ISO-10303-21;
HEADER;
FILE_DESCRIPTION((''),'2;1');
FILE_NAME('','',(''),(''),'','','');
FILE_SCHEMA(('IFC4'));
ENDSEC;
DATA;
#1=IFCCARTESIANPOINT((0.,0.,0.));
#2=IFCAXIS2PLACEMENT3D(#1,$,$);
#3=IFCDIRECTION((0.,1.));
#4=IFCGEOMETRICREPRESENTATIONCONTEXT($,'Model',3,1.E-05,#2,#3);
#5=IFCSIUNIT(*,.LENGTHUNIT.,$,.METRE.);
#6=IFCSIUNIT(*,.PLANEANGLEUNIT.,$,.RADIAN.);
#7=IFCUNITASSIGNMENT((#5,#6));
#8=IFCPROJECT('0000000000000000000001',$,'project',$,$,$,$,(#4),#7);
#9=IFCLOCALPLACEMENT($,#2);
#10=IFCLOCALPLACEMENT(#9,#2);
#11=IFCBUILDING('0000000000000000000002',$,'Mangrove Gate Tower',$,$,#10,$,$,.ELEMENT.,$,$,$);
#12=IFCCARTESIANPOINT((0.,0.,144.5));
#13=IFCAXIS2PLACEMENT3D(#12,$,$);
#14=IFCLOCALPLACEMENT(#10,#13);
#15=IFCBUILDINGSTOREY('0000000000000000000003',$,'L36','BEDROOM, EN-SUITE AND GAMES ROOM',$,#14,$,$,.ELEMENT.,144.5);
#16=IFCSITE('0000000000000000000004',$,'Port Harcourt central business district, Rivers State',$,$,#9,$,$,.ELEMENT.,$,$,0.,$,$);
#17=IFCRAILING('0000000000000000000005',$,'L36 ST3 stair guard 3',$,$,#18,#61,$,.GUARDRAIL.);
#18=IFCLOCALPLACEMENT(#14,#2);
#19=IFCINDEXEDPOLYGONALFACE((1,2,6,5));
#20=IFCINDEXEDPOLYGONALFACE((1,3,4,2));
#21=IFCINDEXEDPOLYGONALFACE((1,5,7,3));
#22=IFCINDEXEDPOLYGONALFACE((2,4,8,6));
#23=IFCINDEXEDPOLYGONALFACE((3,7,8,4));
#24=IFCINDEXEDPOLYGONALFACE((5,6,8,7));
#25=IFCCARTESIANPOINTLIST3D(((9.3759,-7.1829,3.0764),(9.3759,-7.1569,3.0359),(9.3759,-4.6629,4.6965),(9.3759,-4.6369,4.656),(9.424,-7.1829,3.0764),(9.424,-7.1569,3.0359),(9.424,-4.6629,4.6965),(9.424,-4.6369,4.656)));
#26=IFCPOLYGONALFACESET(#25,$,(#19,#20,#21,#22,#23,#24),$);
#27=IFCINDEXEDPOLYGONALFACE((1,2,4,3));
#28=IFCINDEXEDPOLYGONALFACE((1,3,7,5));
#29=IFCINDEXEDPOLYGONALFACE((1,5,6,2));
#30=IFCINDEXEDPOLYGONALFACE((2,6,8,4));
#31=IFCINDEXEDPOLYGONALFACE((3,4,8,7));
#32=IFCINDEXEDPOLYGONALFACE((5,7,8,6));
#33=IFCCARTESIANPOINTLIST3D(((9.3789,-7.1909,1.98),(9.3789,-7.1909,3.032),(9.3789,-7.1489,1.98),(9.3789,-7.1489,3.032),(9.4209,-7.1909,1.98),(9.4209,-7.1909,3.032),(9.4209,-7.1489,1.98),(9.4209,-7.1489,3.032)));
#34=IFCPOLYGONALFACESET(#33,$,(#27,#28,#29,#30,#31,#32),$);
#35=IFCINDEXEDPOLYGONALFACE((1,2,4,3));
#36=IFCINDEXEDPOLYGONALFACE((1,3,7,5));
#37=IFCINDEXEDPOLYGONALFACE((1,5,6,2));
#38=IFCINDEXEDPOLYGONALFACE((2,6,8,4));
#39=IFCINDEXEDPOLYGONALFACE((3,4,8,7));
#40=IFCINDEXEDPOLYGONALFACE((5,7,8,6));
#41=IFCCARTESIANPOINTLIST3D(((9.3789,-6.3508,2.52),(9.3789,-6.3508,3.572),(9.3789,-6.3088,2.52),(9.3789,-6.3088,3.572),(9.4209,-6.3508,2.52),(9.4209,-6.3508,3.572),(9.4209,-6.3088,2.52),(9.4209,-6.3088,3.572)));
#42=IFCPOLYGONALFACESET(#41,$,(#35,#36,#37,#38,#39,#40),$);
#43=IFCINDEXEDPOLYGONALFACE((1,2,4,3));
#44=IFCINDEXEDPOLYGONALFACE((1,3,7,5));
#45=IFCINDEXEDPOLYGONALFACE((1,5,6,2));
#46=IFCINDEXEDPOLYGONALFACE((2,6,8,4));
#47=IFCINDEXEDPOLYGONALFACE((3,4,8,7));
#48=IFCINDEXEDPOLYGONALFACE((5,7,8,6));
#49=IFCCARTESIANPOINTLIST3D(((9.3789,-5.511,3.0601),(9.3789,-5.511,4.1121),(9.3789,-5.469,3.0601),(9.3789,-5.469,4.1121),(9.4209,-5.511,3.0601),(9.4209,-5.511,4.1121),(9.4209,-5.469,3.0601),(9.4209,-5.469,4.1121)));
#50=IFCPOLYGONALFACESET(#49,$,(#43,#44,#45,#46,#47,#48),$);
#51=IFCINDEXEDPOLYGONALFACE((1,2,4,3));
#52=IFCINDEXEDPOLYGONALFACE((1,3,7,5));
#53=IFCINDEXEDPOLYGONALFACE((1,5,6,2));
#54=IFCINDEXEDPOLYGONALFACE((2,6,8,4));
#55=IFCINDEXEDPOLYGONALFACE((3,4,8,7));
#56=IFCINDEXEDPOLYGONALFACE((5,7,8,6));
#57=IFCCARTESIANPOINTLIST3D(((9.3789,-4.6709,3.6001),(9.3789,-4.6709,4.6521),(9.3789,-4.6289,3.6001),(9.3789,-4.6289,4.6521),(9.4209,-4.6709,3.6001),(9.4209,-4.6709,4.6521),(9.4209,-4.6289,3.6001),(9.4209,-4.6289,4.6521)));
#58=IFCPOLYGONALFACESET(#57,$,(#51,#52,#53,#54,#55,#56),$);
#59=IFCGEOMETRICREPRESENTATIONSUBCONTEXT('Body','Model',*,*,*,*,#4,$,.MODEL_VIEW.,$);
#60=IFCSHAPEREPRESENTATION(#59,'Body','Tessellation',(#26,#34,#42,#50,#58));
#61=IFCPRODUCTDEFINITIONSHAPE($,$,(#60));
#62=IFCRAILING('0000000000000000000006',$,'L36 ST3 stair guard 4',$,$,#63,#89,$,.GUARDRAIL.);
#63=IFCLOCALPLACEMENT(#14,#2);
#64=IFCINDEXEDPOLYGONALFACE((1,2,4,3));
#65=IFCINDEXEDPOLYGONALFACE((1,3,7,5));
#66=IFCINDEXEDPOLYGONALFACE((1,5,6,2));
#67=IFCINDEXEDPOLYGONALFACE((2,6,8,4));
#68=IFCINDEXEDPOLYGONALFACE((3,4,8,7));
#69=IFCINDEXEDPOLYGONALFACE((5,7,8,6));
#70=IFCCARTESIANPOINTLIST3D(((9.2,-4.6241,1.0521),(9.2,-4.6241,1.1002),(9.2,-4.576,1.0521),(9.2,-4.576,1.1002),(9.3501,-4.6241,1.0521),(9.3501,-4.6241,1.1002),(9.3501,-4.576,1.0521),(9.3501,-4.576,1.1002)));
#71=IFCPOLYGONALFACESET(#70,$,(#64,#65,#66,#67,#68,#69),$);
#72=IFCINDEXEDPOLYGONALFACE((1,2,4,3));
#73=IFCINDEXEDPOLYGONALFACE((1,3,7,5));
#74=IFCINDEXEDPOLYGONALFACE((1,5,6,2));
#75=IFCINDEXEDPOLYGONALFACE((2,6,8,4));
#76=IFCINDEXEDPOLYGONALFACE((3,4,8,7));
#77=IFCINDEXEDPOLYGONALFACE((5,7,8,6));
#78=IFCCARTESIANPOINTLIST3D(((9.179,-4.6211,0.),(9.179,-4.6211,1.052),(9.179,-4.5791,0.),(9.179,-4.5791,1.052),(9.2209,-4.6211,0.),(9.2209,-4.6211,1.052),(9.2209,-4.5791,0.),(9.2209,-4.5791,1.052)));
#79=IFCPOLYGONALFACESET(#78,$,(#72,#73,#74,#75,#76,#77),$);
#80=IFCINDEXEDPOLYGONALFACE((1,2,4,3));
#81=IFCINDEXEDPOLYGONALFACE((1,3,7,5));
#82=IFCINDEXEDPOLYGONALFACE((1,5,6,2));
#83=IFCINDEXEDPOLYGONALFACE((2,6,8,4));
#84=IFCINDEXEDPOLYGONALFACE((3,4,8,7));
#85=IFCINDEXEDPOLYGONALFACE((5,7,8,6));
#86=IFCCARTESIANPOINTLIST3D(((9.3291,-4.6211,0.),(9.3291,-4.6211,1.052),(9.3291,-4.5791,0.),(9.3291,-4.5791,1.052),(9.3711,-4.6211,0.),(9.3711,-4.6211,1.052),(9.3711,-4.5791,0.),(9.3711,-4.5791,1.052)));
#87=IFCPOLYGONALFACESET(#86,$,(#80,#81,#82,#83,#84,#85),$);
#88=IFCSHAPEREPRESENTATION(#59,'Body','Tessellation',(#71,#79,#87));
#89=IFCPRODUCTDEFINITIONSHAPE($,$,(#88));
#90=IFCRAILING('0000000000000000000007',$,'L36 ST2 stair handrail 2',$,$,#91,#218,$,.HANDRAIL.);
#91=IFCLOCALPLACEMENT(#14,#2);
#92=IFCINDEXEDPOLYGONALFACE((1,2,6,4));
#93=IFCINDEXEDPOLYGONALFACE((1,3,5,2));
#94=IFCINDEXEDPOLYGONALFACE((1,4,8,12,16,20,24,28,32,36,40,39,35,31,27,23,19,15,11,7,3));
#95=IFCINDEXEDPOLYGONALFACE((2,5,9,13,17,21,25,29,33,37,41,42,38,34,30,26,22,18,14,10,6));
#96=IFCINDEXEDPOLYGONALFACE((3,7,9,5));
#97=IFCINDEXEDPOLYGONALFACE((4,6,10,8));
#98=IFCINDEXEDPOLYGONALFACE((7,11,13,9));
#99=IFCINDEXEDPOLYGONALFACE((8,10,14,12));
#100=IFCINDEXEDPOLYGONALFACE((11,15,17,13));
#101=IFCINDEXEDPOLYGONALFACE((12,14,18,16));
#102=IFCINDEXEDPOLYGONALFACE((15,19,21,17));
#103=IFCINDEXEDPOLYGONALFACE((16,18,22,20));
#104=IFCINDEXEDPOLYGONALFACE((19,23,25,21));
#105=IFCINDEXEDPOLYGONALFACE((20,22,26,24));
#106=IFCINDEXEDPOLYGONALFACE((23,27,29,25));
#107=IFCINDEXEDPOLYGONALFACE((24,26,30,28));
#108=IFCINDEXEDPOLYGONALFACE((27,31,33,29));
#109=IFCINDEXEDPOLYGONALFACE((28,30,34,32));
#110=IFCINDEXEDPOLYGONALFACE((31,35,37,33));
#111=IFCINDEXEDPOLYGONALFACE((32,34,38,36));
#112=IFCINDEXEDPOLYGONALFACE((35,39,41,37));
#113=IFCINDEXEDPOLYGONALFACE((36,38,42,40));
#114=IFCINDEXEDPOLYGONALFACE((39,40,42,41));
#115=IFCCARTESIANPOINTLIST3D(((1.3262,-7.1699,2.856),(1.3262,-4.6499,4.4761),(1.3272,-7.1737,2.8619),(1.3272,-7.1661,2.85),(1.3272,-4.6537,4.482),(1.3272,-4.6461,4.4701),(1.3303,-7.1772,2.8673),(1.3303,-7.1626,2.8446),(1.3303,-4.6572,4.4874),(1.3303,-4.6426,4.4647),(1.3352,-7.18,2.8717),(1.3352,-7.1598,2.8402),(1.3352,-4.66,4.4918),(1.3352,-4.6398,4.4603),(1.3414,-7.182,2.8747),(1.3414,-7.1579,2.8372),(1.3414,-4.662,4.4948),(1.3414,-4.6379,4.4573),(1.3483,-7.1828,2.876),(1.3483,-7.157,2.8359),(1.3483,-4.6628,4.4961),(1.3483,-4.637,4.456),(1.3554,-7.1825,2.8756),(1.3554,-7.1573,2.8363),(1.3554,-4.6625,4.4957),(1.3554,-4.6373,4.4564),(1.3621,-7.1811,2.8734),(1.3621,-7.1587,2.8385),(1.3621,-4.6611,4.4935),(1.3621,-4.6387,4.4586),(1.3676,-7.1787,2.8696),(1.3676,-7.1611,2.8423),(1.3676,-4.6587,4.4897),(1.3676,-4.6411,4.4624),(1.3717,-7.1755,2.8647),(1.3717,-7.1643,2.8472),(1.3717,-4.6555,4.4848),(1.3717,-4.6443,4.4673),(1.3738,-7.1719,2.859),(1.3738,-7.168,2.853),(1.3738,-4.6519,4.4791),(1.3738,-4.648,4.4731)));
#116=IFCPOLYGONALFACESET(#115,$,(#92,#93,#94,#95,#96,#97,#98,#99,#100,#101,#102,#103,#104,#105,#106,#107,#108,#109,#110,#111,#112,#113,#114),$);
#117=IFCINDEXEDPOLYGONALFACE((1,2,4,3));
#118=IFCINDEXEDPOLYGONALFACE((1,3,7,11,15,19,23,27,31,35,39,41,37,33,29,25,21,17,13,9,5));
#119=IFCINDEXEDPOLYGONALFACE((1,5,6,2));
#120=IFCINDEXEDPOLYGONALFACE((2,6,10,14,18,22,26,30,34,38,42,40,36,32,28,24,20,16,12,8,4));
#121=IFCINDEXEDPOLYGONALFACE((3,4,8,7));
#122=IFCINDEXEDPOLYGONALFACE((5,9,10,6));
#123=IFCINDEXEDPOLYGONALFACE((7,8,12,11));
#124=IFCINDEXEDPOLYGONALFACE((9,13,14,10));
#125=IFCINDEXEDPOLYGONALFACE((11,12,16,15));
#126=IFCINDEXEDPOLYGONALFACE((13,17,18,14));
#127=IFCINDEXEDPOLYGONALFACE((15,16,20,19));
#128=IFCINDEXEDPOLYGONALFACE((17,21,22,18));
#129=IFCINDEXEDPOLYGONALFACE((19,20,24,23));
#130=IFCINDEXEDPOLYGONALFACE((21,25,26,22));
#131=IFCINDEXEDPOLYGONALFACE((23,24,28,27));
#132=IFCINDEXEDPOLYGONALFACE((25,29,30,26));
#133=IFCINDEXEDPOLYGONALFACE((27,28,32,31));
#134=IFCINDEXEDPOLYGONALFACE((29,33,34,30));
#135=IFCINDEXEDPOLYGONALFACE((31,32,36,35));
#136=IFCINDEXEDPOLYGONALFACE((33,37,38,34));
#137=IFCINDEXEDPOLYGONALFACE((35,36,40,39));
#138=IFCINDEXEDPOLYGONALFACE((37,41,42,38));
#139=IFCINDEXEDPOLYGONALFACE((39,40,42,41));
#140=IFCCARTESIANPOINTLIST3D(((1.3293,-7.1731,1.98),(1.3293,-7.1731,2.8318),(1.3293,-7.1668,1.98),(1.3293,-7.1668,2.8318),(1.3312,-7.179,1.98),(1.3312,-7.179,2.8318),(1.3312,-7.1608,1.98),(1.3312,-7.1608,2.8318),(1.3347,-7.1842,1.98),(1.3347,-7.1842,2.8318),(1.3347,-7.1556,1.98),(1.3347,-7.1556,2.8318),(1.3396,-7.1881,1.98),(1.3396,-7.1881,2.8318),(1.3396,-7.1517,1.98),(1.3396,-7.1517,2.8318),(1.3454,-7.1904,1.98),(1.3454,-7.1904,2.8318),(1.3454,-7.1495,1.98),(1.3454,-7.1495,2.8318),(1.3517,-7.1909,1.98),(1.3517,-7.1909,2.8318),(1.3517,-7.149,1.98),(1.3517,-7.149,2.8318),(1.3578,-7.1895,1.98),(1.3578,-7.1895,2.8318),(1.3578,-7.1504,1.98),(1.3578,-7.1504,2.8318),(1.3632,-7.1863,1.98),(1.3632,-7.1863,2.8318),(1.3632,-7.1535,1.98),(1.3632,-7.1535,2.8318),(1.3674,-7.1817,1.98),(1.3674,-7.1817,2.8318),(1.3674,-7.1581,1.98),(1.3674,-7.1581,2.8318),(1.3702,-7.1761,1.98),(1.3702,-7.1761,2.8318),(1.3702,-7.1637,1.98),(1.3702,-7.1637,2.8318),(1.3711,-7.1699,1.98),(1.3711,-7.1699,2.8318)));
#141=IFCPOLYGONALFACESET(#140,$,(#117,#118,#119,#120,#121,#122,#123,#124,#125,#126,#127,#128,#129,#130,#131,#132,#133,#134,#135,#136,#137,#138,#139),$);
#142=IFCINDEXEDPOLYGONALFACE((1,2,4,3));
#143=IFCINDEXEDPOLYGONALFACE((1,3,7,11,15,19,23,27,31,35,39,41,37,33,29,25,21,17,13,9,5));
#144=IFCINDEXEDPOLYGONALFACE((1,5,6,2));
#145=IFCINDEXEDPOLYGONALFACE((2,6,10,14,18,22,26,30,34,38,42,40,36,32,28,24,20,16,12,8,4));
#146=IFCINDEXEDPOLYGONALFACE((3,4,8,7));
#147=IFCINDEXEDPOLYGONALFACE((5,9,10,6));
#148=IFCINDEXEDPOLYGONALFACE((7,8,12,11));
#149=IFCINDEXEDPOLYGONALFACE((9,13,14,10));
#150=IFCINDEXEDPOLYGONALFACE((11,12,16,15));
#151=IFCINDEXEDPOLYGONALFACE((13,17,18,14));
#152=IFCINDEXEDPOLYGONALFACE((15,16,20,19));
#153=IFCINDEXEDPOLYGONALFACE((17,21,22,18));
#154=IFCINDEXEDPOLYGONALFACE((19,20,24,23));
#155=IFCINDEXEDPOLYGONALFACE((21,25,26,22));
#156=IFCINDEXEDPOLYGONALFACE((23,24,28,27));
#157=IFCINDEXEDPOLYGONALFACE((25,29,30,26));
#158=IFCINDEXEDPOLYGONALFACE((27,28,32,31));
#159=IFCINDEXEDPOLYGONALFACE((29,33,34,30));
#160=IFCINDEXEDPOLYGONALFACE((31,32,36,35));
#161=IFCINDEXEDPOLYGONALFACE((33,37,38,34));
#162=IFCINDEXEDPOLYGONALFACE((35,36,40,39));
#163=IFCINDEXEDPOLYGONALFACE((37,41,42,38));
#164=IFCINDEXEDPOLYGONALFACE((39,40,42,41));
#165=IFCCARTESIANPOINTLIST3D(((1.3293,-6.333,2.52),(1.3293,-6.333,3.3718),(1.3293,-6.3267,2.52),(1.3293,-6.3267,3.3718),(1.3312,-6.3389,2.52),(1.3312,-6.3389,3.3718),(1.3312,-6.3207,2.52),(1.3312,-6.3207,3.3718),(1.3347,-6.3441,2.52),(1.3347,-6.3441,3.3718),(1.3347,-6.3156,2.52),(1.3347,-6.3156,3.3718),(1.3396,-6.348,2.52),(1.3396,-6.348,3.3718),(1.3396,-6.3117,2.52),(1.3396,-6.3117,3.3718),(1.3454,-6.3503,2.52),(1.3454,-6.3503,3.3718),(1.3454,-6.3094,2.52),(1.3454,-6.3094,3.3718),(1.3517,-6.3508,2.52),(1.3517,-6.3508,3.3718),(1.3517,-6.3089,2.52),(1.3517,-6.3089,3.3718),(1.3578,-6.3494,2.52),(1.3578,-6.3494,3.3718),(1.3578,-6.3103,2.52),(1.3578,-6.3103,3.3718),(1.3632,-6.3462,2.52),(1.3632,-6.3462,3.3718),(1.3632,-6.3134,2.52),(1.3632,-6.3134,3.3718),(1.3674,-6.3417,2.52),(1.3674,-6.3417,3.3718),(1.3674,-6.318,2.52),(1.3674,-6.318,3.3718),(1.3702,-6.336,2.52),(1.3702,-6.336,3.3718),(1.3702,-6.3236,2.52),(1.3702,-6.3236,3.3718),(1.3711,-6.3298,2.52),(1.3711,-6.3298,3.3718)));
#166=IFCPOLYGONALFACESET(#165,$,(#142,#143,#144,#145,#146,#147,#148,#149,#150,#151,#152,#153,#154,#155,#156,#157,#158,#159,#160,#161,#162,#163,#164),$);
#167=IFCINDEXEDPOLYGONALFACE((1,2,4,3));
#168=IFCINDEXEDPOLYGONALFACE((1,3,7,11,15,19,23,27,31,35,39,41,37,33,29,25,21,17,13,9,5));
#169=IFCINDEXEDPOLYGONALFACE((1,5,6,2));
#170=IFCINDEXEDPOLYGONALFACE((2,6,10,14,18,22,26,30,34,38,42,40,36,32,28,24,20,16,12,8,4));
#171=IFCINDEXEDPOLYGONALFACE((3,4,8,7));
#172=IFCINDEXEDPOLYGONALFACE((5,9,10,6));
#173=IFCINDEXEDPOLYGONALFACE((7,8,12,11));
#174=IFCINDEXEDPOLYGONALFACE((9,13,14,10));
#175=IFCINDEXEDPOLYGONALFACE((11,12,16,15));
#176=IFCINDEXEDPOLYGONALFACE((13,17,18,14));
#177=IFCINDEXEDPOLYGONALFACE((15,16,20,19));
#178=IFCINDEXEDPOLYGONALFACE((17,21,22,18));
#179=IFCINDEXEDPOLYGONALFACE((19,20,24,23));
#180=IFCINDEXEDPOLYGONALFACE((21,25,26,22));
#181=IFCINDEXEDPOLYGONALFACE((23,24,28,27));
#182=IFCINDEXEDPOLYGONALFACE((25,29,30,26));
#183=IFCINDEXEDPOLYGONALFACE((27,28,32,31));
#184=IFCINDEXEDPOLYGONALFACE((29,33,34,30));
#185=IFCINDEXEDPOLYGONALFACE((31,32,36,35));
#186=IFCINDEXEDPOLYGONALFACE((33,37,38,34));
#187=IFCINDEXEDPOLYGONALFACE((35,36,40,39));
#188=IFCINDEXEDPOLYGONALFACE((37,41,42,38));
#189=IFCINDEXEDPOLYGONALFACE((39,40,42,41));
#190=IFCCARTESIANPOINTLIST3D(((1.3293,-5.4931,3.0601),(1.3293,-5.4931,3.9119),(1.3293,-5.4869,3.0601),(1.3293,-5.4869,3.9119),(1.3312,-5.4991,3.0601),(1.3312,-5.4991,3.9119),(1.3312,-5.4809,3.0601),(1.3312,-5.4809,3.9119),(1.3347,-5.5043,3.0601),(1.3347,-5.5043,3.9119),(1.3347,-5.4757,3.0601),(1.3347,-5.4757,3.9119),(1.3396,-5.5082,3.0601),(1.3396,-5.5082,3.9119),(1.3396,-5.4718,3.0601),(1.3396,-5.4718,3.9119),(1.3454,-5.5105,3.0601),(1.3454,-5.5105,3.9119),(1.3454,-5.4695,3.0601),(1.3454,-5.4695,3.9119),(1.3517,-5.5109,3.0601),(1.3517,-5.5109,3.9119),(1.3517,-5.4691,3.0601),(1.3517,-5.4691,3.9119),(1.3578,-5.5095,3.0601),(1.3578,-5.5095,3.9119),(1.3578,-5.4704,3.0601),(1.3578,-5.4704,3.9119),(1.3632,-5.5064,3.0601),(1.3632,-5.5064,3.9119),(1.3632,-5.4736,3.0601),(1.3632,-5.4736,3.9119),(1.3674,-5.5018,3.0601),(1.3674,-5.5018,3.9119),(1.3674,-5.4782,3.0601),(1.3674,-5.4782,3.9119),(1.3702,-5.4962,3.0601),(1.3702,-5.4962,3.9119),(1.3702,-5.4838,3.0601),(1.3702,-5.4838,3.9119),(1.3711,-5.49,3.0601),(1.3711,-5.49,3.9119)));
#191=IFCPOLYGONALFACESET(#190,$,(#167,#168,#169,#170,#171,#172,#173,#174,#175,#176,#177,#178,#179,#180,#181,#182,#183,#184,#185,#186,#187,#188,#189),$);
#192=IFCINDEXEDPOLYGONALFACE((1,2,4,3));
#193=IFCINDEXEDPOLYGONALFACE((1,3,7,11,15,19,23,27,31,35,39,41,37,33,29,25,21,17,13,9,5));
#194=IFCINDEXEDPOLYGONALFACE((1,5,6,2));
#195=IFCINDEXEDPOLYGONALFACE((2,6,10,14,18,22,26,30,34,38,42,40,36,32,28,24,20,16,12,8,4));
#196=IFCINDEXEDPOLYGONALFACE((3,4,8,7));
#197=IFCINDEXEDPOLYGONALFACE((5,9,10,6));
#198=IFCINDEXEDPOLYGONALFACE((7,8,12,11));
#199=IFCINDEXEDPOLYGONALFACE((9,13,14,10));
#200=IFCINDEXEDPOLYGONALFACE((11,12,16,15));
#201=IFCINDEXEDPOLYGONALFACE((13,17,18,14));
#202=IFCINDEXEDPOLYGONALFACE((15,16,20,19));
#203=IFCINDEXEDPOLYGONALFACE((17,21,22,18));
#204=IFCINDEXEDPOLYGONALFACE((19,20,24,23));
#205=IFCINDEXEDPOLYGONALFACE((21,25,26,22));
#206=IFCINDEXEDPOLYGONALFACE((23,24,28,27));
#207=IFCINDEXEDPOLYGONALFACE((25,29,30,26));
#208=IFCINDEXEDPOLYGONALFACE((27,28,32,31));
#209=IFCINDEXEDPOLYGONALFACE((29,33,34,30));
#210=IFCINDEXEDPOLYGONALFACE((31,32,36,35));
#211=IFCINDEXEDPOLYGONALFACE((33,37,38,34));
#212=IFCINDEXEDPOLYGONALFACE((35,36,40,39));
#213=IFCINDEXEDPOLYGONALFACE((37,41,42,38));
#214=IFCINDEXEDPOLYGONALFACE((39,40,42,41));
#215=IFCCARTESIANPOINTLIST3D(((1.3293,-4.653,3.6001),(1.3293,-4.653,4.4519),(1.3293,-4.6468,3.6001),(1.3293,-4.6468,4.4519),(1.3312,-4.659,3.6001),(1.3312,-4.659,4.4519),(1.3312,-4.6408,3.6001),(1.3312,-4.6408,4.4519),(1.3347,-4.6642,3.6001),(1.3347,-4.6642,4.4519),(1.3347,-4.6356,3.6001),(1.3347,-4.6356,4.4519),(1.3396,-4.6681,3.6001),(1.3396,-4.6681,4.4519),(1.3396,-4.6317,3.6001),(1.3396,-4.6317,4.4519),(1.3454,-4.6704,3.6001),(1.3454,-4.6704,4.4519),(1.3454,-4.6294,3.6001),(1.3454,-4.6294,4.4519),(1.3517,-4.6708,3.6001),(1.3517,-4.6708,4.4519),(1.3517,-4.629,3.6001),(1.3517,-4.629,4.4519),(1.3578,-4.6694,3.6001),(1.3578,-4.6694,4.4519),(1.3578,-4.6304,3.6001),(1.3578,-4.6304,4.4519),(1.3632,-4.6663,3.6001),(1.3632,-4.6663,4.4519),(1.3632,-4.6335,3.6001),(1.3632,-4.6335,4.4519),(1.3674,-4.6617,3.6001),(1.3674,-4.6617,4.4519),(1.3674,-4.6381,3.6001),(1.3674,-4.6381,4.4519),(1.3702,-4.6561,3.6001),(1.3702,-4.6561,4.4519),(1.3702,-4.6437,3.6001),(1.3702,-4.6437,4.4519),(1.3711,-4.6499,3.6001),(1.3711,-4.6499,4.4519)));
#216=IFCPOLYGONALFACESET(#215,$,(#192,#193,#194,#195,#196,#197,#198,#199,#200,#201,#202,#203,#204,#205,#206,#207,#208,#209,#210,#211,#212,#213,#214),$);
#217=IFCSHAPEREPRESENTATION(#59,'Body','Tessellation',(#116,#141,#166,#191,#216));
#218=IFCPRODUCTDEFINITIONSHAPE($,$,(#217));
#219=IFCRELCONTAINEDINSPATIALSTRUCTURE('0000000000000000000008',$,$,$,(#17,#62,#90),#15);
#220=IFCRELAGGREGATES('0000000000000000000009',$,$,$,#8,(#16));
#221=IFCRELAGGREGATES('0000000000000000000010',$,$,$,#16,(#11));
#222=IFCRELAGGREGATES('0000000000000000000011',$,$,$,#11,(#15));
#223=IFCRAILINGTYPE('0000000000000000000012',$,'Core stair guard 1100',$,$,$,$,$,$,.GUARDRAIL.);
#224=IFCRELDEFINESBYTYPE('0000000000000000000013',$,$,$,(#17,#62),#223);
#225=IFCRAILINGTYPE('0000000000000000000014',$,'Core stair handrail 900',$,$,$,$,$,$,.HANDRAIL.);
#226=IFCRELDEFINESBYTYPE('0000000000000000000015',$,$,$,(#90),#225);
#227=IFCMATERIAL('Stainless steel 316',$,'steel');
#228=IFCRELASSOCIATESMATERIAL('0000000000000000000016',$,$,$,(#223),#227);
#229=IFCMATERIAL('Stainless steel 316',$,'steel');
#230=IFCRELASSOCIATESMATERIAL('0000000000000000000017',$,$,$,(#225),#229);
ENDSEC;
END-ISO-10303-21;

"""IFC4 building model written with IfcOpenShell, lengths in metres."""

from ifc_helpers import new_model, si_unit, direction, frame, origin, origin_2d, place, context, subcontext, project, spatial, rectangle, circle, extrude, material, type_object, element, save


model = new_model("IFC4")

# Units and contexts
model_context = context("Model", 3, precision=1e-05, world=origin(), true_north=direction((0.0, 1.0)))
body_context = subcontext(model_context, "Body", "Model", "MODEL_VIEW")
ifc_project = project(units=[si_unit("LENGTHUNIT", "METRE"), si_unit("PLANEANGLEUNIT", "RADIAN")], contexts=[model_context])

# Site, building, storey
site_placement = place(None, origin())
site = spatial("IfcSite", under=ifc_project, at=site_placement, Name="Port Harcourt central business district, Rivers State", CompositionType="ELEMENT", RefElevation=0.0)
building_placement = place(site_placement, origin())
building = spatial("IfcBuilding", under=site, at=building_placement, Name="Mangrove Gate Tower", CompositionType="ELEMENT")
storey_placement = place(building_placement, frame((0.0, 0.0, 144.5)))
storey = spatial("IfcBuildingStorey", under=building, at=storey_placement, Name="L36", Description="BEDROOM, EN-SUITE AND GAMES ROOM", CompositionType="ELEMENT", Elevation=144.5)

# Railings
ifc_material_1 = material(Name="Stainless steel 316", Category="steel")
railing_type_1 = type_object("IfcRailingType", Name="Core stair guard 1100", PredefinedType="GUARDRAIL", material=ifc_material_1)
railing_1_placement = place(storey_placement, frame((9.3999, -7.1699, 1.98)))
element("IfcRailing", 1, at=railing_1_placement, inside=storey, type_object=railing_type_1, Name="L36 ST3 stair guard 3", PredefinedType="GUARDRAIL", context=body_context, shape_type="SweptSolid", body=[
    extrude(rectangle(XDim=0.0481, YDim=0.0481, at=origin_2d()), frame((0.0, 0.0, 1.0762), z_axis=(0.0, 0.841163, 0.540782), x_axis=(-1.0, 0.0, 0.0)), (0.0, 0.0, 1.0), 2.9958),
    extrude(rectangle(XDim=0.042, YDim=0.042, at=origin_2d()), origin(), (0.0, 0.0, 1.0), 1.052),
    extrude(rectangle(XDim=0.042, YDim=0.042, at=origin_2d()), frame((0.0, 0.8401, 0.54)), (0.0, 0.0, 1.0), 1.052),
    extrude(rectangle(XDim=0.042, YDim=0.042, at=origin_2d()), frame((0.0, 1.6799, 1.0801)), (0.0, 0.0, 1.0), 1.052),
    extrude(rectangle(XDim=0.042, YDim=0.042, at=origin_2d()), frame((0.0, 2.52, 1.6201)), (0.0, 0.0, 1.0), 1.052),
])
railing_2_placement = place(storey_placement, frame((9.2, -4.6001, 0.0)))
element("IfcRailing", 2, at=railing_2_placement, inside=storey, type_object=railing_type_1, Name="L36 ST3 stair guard 4", PredefinedType="GUARDRAIL", context=body_context, shape_type="SweptSolid", body=[
    extrude(rectangle(XDim=0.0481, YDim=0.0481, at=origin_2d()), frame((0.0, 0.0, 1.0762), z_axis=(1.0, 0.0, 0.0), x_axis=(0.0, 1.0, 0.0)), (0.0, 0.0, 1.0), 0.1501),
    extrude(rectangle(XDim=0.042, YDim=0.042, at=origin_2d()), origin(), (0.0, 0.0, 1.0), 1.052),
    extrude(rectangle(XDim=0.042, YDim=0.042, at=origin_2d()), frame((0.1501, 0.0, 0.0)), (0.0, 0.0, 1.0), 1.052),
])
ifc_material_2 = material(Name="Stainless steel 316", Category="steel")
railing_type_2 = type_object("IfcRailingType", Name="Core stair handrail 900", PredefinedType="HANDRAIL", material=ifc_material_2)
railing_3_placement = place(storey_placement, frame((1.3501, -7.1699, 1.98)))
element("IfcRailing", 3, at=railing_3_placement, inside=storey, type_object=railing_type_2, Name="L36 ST2 stair handrail 2", PredefinedType="HANDRAIL", context=body_context, shape_type="SweptSolid", body=[
    extrude(circle(Radius=0.0239, at=origin_2d()), frame((0.0, 0.0, 0.876), z_axis=(0.0, 0.841163, 0.540782), x_axis=(-1.0, 0.0, 0.0)), (0.0, 0.0, 1.0), 2.9958),
    extrude(circle(Radius=0.021, at=origin_2d()), origin(), (0.0, 0.0, 1.0), 0.8518),
    extrude(circle(Radius=0.021, at=origin_2d()), frame((0.0, 0.8401, 0.54)), (0.0, 0.0, 1.0), 0.8518),
    extrude(circle(Radius=0.021, at=origin_2d()), frame((0.0, 1.6799, 1.0801)), (0.0, 0.0, 1.0), 0.8518),
    extrude(circle(Radius=0.021, at=origin_2d()), frame((0.0, 2.52, 1.6201)), (0.0, 0.0, 1.0), 0.8518),
])

save(model, "model.ifc")
